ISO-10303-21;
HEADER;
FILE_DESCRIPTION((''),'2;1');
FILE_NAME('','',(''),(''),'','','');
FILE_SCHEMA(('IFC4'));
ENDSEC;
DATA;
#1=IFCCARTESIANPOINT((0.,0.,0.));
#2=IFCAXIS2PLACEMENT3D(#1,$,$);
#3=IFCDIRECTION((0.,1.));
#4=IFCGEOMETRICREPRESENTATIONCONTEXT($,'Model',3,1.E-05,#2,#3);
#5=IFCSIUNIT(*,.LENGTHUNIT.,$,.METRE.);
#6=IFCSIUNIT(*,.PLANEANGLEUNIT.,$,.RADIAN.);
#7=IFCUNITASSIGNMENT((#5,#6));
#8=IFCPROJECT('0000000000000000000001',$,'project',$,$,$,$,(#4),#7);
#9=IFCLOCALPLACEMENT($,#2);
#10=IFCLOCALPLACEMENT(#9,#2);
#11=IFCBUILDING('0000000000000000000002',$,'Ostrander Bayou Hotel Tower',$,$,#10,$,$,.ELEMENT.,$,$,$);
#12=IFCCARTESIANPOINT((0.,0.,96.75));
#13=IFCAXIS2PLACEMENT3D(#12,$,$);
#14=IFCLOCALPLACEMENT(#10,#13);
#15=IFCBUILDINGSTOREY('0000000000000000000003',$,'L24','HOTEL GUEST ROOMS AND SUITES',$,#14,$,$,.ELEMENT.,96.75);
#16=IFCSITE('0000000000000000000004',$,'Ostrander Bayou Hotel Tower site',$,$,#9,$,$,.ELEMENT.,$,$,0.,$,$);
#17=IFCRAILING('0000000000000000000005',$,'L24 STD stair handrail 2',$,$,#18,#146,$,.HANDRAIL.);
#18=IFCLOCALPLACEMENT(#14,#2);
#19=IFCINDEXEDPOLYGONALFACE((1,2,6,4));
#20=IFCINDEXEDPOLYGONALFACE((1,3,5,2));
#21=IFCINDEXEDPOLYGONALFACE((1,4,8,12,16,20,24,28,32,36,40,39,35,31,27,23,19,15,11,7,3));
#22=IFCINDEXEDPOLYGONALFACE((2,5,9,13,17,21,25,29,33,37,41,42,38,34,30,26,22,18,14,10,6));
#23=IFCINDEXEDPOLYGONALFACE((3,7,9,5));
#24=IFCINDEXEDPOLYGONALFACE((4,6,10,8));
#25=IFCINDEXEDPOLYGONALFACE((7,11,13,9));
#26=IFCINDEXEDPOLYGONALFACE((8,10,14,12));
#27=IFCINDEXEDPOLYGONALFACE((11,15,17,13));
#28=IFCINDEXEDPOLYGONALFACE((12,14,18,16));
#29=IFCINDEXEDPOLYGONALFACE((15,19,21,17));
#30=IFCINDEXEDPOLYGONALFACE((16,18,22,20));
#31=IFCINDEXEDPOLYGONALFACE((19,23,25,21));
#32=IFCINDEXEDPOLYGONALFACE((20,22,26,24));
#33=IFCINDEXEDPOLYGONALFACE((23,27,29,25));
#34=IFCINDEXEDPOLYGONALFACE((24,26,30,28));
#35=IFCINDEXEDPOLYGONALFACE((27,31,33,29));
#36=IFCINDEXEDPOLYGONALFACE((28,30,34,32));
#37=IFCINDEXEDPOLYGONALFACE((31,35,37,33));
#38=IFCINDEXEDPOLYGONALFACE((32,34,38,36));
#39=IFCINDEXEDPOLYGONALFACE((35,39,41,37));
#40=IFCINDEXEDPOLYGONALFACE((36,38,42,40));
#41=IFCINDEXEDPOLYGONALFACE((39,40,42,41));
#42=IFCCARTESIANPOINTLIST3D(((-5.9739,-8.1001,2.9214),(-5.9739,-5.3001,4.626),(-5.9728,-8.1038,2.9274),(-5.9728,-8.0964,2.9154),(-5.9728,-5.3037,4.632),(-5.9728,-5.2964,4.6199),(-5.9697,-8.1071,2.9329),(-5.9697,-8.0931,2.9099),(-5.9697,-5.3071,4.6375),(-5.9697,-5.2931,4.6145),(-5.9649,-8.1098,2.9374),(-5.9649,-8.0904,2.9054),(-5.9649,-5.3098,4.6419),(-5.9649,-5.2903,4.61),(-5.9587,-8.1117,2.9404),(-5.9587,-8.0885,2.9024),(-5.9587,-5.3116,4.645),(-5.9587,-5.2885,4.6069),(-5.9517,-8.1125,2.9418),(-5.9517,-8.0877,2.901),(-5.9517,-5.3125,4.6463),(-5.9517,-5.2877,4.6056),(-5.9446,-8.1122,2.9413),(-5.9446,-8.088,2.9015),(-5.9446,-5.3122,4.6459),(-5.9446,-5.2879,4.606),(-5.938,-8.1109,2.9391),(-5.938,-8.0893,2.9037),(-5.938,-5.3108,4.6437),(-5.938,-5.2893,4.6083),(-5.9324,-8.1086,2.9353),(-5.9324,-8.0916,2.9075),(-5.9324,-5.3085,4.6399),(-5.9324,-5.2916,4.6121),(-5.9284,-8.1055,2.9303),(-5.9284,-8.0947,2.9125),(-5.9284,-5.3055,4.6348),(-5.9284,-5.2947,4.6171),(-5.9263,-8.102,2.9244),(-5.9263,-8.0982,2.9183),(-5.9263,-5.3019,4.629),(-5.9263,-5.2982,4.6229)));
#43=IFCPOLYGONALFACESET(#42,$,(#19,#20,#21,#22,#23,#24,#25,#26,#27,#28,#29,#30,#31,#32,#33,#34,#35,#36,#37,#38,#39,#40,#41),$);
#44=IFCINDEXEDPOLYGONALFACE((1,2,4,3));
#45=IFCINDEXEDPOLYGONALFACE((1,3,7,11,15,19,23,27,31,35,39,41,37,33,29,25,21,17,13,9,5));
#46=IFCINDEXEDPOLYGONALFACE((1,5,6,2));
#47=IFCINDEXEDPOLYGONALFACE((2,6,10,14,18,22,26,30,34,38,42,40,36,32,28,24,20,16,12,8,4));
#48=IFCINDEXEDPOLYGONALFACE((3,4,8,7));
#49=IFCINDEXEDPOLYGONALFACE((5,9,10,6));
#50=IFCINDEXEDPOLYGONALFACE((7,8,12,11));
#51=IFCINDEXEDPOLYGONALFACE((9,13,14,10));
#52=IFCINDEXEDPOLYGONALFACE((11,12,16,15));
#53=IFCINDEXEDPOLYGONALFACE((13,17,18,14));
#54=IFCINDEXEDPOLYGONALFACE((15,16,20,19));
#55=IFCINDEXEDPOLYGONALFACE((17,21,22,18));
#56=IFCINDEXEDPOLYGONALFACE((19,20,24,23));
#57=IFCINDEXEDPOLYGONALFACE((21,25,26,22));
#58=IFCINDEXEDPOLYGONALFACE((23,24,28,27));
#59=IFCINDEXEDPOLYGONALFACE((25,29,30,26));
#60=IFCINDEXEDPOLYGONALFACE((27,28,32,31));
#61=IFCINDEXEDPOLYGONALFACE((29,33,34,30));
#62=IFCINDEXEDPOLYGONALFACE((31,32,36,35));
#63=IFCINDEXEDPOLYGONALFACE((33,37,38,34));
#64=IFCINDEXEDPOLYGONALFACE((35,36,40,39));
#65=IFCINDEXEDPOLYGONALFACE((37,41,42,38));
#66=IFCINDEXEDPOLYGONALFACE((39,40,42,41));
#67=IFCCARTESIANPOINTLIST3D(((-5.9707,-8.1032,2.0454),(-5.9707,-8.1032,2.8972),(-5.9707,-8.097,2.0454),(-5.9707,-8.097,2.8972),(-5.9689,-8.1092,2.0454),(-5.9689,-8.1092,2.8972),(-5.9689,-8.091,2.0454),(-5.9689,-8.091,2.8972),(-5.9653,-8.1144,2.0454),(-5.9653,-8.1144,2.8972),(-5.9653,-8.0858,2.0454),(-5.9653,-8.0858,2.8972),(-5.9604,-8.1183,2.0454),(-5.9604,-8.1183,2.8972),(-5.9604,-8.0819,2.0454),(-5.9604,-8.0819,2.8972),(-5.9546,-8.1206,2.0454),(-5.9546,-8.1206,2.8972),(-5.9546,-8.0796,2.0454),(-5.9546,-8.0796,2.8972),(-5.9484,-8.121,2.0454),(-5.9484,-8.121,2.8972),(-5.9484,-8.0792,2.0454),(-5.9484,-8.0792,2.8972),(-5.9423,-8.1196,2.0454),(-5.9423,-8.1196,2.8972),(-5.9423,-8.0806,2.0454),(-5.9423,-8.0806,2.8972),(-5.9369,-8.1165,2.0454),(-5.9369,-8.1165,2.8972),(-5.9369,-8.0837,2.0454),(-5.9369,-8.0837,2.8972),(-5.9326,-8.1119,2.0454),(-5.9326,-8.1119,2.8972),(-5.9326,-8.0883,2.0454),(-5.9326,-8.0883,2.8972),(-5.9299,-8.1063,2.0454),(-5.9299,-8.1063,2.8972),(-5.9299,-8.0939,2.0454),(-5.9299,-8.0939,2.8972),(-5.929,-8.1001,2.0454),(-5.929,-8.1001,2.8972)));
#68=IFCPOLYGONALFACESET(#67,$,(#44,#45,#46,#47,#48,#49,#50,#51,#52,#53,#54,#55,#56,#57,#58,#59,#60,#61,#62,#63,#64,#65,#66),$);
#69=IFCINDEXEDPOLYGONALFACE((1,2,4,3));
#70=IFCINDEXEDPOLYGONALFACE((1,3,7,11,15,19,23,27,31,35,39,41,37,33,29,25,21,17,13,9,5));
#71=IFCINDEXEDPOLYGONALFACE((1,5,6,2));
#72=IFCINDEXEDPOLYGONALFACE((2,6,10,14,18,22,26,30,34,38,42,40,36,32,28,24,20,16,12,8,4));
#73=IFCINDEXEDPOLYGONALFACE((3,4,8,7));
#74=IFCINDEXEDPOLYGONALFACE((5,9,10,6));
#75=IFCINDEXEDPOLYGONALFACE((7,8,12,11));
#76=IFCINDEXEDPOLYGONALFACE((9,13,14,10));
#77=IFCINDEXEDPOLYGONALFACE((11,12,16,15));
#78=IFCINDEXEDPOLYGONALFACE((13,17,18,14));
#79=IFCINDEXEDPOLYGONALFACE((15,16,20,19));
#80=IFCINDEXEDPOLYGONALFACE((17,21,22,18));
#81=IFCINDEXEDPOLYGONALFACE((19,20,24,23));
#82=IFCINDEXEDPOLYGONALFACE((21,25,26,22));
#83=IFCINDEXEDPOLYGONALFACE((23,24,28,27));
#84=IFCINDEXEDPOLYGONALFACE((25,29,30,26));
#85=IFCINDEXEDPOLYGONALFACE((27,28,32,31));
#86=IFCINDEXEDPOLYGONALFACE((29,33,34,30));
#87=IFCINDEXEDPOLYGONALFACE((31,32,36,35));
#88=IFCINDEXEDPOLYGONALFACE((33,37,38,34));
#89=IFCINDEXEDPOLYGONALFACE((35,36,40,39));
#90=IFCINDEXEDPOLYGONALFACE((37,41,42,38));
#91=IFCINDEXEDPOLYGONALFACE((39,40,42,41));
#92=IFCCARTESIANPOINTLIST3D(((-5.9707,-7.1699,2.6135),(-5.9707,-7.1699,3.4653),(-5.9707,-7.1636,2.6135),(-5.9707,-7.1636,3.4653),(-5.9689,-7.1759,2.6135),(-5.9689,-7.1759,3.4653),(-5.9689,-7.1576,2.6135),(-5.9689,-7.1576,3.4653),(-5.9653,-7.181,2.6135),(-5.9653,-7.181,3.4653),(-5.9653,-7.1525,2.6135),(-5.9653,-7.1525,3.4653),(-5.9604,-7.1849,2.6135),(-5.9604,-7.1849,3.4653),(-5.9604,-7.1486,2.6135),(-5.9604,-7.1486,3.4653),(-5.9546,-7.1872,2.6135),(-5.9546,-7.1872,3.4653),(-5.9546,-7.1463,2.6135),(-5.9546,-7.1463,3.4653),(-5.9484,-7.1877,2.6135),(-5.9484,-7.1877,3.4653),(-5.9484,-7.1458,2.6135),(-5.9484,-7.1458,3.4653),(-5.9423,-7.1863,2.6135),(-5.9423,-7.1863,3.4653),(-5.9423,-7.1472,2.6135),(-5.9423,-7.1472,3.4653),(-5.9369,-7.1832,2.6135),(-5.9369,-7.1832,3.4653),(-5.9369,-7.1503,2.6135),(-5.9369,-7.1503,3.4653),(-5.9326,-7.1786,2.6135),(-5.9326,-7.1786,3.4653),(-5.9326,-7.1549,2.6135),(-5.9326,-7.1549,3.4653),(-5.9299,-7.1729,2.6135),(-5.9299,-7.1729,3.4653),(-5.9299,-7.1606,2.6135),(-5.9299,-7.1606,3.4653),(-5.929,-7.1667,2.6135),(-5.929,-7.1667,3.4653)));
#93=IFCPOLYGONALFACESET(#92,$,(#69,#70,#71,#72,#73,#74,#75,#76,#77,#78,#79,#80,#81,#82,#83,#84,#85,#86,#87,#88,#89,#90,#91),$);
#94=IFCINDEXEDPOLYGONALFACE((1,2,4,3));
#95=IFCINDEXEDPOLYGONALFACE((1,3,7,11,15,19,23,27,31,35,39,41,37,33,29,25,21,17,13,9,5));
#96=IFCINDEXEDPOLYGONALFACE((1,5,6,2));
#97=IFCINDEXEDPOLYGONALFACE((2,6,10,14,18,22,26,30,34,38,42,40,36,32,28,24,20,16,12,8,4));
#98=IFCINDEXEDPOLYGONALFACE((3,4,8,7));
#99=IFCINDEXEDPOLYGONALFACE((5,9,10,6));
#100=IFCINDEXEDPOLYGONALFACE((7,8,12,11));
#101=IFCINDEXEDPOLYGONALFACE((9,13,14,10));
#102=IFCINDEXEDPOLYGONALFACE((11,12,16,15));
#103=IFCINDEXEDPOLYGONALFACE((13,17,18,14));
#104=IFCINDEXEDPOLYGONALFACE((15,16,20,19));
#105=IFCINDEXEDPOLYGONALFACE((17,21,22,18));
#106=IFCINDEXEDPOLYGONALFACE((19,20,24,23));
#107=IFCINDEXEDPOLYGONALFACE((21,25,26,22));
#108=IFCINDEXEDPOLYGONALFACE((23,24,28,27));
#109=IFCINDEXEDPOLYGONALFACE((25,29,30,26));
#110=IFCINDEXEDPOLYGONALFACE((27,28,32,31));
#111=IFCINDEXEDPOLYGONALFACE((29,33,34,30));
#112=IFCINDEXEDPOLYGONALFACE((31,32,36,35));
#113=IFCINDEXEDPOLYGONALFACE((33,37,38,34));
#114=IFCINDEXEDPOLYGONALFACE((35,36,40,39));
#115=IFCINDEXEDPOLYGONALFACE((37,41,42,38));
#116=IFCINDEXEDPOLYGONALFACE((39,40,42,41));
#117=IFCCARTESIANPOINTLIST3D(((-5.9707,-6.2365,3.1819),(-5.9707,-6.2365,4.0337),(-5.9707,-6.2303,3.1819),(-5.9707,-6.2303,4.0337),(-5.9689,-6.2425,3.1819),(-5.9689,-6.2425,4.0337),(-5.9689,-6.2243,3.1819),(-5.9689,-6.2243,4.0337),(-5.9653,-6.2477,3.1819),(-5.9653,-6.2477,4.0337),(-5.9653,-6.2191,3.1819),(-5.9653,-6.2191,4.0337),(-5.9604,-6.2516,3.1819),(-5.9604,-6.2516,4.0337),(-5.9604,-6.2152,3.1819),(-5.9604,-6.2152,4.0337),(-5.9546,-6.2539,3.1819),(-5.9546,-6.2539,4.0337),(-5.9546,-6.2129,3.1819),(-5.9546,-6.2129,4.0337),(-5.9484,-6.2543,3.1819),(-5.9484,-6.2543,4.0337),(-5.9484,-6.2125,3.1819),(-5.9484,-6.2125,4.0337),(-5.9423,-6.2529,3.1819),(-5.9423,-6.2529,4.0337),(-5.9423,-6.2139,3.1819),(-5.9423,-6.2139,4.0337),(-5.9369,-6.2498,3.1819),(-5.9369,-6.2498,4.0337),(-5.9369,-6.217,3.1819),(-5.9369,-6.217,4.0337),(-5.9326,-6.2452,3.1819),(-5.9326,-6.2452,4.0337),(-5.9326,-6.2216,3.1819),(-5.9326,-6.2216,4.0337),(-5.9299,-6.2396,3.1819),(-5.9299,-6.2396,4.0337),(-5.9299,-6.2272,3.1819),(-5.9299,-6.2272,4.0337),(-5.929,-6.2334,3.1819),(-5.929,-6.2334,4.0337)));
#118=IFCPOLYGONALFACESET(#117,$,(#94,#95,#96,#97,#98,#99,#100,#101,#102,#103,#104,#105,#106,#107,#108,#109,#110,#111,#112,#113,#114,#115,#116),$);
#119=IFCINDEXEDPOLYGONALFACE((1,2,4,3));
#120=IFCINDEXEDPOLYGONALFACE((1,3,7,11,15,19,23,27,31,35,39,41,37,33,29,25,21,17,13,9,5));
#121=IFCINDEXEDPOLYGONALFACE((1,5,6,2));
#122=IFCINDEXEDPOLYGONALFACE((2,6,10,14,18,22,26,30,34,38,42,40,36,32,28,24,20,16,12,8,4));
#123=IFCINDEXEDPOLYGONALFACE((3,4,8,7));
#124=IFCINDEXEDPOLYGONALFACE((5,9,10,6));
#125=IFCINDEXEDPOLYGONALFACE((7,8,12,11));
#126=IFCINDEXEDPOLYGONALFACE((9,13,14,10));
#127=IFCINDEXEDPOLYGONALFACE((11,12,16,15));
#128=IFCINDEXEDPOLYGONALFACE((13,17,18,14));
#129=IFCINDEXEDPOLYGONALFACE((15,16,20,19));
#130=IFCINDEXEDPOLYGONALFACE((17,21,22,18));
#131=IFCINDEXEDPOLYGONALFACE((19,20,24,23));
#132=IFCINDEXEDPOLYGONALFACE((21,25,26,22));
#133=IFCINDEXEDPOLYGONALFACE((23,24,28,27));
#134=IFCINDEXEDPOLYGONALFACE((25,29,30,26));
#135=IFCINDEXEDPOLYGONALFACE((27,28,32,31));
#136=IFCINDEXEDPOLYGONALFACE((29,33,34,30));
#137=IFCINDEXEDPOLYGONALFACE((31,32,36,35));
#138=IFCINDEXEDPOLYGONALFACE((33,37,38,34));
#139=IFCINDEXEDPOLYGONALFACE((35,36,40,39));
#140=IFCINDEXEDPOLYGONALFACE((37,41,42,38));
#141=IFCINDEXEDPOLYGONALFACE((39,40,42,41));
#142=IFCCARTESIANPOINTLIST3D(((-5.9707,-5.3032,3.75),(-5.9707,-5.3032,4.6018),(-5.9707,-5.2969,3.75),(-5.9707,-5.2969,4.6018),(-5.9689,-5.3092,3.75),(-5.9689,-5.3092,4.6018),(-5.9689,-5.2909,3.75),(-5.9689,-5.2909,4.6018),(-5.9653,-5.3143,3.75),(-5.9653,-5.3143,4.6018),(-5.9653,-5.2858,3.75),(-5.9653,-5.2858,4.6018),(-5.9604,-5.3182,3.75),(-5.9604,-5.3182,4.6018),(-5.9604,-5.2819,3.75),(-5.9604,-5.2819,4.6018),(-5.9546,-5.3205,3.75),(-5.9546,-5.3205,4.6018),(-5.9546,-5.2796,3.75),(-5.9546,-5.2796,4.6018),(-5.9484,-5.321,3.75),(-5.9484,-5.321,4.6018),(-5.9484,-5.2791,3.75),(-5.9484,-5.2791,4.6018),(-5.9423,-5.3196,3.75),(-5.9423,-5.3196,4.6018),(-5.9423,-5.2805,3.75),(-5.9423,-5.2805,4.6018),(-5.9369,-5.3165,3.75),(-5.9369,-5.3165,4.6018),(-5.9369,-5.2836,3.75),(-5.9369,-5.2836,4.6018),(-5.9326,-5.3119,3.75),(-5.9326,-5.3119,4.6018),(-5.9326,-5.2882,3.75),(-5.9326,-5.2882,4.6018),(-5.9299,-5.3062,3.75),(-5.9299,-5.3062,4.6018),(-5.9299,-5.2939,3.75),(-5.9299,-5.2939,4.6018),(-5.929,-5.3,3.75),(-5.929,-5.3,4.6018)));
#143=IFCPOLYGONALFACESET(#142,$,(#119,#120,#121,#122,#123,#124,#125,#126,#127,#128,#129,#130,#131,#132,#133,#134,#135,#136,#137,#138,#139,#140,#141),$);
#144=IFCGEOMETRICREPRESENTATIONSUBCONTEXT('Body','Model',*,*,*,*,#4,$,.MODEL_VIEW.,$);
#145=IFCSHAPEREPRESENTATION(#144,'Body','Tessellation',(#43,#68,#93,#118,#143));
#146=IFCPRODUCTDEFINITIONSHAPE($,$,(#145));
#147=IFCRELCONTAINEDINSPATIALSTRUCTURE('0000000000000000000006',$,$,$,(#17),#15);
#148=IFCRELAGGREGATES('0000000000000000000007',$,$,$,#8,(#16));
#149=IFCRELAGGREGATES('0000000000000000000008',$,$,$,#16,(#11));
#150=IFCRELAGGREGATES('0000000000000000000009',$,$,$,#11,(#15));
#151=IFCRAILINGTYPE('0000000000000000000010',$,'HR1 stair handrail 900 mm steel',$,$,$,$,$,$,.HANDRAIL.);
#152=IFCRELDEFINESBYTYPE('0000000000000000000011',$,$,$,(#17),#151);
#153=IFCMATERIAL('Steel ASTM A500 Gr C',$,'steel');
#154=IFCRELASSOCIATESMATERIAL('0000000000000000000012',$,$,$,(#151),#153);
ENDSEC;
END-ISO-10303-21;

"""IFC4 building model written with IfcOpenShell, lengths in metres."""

from ifc_helpers import new_model, si_unit, direction, frame, origin, origin_2d, place, context, subcontext, project, spatial, circle, extrude, material, type_object, element, save


model = new_model("IFC4")

# Units and contexts
model_context = context("Model", 3, precision=1e-05, world=origin(), true_north=direction((0.0, 1.0)))
body_context = subcontext(model_context, "Body", "Model", "MODEL_VIEW")
ifc_project = project(units=[si_unit("LENGTHUNIT", "METRE"), si_unit("PLANEANGLEUNIT", "RADIAN")], contexts=[model_context])

# Site, building, storey
site_placement = place(None, origin())
site = spatial("IfcSite", under=ifc_project, at=site_placement, Name="Ostrander Bayou Hotel Tower site", CompositionType="ELEMENT", RefElevation=0.0)
building_placement = place(site_placement, origin())
building = spatial("IfcBuilding", under=site, at=building_placement, Name="Ostrander Bayou Hotel Tower", CompositionType="ELEMENT")
storey_placement = place(building_placement, frame((0.0, 0.0, 96.75)))
storey = spatial("IfcBuildingStorey", under=building, at=storey_placement, Name="L24", Description="HOTEL GUEST ROOMS AND SUITES", CompositionType="ELEMENT", Elevation=96.75)

# Railing
ifc_material_1 = material(Name="Steel ASTM A500 Gr C", Category="steel")
railing_type_1 = type_object("IfcRailingType", Name="HR1 stair handrail 900 mm steel", PredefinedType="HANDRAIL", material=ifc_material_1)
railing_1_placement = place(storey_placement, frame((-5.95, -8.1001, 2.0454)))
element("IfcRailing", 1, at=railing_1_placement, inside=storey, type_object=railing_type_1, Name="L24 STD stair handrail 2", PredefinedType="HANDRAIL", context=body_context, shape_type="SweptSolid", body=[
    extrude(circle(Radius=0.0239, at=origin_2d()), frame((0.0, 0.0, 0.876), z_axis=(0.0, 0.85417, 0.519994), x_axis=(-1.0, 0.0, 0.0)), (0.0, 0.0, 1.0), 3.2781),
    extrude(circle(Radius=0.021, at=origin_2d()), origin(), (0.0, 0.0, 1.0), 0.8518),
    extrude(circle(Radius=0.021, at=origin_2d()), frame((0.0, 0.9333, 0.5681)), (0.0, 0.0, 1.0), 0.8518),
    extrude(circle(Radius=0.021, at=origin_2d()), frame((0.0, 1.8667, 1.1365)), (0.0, 0.0, 1.0), 0.8518),
    extrude(circle(Radius=0.021, at=origin_2d()), frame((0.0, 2.8, 1.7046)), (0.0, 0.0, 1.0), 0.8518),
])

save(model, "model.ifc")
